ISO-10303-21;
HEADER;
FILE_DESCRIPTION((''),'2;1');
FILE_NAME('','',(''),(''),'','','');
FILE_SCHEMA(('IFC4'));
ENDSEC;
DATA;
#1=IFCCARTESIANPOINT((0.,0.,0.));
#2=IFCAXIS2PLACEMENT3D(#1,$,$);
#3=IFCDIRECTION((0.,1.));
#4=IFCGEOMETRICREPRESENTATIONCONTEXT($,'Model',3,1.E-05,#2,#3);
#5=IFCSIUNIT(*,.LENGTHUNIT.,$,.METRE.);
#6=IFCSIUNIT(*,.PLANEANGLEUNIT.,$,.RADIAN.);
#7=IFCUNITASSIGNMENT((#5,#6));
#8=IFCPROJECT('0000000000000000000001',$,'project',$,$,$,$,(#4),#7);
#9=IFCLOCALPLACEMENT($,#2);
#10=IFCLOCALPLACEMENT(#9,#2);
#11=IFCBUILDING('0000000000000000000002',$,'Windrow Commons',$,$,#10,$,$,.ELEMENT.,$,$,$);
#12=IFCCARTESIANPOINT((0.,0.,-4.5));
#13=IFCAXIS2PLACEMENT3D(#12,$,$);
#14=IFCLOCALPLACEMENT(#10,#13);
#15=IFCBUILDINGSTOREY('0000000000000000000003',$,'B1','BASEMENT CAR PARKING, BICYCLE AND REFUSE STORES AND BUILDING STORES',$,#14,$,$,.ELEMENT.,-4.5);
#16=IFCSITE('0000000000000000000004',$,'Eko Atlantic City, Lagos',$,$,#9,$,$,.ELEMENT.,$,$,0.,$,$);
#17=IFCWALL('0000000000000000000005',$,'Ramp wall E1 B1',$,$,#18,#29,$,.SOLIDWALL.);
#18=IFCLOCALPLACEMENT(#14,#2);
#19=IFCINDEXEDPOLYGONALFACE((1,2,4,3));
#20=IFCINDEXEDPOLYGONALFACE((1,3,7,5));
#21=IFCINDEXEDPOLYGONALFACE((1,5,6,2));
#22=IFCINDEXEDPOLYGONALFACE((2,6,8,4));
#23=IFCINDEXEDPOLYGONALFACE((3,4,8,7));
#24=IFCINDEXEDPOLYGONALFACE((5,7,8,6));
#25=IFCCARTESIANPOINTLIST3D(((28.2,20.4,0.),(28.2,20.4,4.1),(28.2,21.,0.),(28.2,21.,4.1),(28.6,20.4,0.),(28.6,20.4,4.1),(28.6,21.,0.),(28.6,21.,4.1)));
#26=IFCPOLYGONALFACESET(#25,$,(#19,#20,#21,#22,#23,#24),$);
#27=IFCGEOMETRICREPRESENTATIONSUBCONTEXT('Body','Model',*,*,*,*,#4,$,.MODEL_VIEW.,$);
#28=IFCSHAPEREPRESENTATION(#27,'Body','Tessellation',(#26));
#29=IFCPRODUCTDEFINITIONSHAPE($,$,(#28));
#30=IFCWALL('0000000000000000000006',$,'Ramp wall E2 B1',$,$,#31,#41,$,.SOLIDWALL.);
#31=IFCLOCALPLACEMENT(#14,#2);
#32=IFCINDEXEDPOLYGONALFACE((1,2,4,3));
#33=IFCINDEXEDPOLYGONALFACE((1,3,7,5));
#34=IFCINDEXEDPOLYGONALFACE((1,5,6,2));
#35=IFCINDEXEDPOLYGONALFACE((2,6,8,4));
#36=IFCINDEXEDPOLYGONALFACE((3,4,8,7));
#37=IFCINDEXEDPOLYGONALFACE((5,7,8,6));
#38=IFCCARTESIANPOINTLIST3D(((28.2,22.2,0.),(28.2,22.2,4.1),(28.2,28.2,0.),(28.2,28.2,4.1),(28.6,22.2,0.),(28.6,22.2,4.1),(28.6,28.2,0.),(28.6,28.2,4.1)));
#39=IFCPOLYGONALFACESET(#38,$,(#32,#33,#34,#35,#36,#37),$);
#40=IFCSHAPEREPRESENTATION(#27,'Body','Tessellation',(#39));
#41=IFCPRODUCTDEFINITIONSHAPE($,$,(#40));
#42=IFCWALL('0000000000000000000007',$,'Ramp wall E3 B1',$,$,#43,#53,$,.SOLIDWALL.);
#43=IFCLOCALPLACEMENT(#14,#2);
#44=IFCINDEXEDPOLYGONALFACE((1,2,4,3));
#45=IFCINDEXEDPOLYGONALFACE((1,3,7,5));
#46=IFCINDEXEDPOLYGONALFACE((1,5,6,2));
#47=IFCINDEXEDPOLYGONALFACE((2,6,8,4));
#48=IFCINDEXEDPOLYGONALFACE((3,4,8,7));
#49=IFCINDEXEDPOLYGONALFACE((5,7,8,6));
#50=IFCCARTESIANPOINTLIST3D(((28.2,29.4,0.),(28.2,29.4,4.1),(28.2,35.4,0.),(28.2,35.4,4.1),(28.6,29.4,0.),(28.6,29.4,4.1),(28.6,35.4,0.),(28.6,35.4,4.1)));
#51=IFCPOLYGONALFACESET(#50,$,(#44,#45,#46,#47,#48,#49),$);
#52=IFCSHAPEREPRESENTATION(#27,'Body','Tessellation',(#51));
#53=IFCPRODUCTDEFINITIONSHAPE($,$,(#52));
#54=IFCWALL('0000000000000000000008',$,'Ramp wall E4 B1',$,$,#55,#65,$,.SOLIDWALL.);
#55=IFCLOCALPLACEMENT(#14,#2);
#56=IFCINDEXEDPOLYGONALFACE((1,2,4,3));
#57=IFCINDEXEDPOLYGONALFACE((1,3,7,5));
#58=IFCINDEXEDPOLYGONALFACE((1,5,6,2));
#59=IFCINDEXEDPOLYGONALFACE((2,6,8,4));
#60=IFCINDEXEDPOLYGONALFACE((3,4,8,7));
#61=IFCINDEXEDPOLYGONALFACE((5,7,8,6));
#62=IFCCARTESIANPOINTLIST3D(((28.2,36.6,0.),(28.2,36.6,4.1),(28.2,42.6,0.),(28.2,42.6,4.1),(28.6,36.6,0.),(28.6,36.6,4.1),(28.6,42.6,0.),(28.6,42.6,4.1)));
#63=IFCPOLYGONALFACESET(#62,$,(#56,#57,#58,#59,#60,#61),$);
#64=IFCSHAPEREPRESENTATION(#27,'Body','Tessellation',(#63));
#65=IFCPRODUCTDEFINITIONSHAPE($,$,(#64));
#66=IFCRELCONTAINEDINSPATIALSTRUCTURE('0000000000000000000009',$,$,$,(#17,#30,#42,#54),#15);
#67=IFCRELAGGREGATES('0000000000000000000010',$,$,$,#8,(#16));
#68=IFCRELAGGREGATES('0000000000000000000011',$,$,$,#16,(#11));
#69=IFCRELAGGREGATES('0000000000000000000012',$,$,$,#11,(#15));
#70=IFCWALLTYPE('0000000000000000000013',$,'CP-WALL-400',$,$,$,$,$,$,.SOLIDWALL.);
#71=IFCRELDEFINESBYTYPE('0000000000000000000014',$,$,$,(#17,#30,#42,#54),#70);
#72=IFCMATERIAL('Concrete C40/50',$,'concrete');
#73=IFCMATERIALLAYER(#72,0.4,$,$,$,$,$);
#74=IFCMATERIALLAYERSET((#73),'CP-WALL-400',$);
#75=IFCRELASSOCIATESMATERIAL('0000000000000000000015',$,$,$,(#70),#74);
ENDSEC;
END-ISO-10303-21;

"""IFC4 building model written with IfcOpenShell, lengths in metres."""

from ifc_helpers import new_model, si_unit, direction, frame, frame_2d, origin, place, context, subcontext, project, spatial, rectangle, extrude, material, layer, layer_set, type_object, element, save


model = new_model("IFC4")

# Units and contexts
model_context = context("Model", 3, precision=1e-05, world=origin(), true_north=direction((0.0, 1.0)))
body_context = subcontext(model_context, "Body", "Model", "MODEL_VIEW")
ifc_project = project(units=[si_unit("LENGTHUNIT", "METRE"), si_unit("PLANEANGLEUNIT", "RADIAN")], contexts=[model_context])

# Site, building, storey
site_placement = place(None, origin())
site = spatial("IfcSite", under=ifc_project, at=site_placement, Name="Eko Atlantic City, Lagos", CompositionType="ELEMENT", RefElevation=0.0)
building_placement = place(site_placement, origin())
building = spatial("IfcBuilding", under=site, at=building_placement, Name="Windrow Commons", CompositionType="ELEMENT")
storey_placement = place(building_placement, frame((0.0, 0.0, -4.5)))
storey = spatial("IfcBuildingStorey", under=building, at=storey_placement, Name="B1", Description="BASEMENT CAR PARKING, BICYCLE AND REFUSE STORES AND BUILDING STORES", CompositionType="ELEMENT", Elevation=-4.5)

# Walls
ifc_material_1 = material(Name="Concrete C40/50", Category="concrete")
ifc_layer_1 = layer(ifc_material_1, 0.4)
ifc_layer_set_1 = layer_set([ifc_layer_1], Name="CP-WALL-400")
wall_type_1 = type_object("IfcWallType", Name="CP-WALL-400", PredefinedType="SOLIDWALL", material=ifc_layer_set_1)
wall_1_placement = place(storey_placement, frame((28.4, 20.4, 0.0), z_axis=(0.0, 0.0, 1.0), x_axis=(0.0, 1.0, 0.0)))
element("IfcWall", 1, at=wall_1_placement, inside=storey, type_object=wall_type_1, Name="Ramp wall E1 B1", PredefinedType="SOLIDWALL", context=body_context, shape_type="SweptSolid", body=[
    extrude(rectangle(XDim=0.6, YDim=0.4, at=frame_2d((0.3, 0.0))), origin(), (0.0, 0.0, 1.0), 4.1),
])
for number, where, z_axis, x_axis, name in (
    (2, (28.4, 22.2, 0.0), (0.0, 0.0, 1.0), (0.0, 1.0, 0.0), "Ramp wall E2 B1"),
    (3, (28.4, 29.4, 0.0), (0.0, 0.0, 1.0), (0.0, 1.0, 0.0), "Ramp wall E3 B1"),
    (4, (28.4, 36.6, 0.0), (0.0, 0.0, 1.0), (0.0, 1.0, 0.0), "Ramp wall E4 B1"),
):
    element("IfcWall", number, at=place(storey_placement, frame(where, z_axis=z_axis, x_axis=x_axis)), inside=storey, type_object=wall_type_1, Name=name, PredefinedType="SOLIDWALL", context=body_context, shape_type="SweptSolid", body=[
        extrude(rectangle(XDim=6.0, YDim=0.4, at=frame_2d((3.0, 0.0))), origin(), (0.0, 0.0, 1.0), 4.1),
    ])

save(model, "model.ifc")
